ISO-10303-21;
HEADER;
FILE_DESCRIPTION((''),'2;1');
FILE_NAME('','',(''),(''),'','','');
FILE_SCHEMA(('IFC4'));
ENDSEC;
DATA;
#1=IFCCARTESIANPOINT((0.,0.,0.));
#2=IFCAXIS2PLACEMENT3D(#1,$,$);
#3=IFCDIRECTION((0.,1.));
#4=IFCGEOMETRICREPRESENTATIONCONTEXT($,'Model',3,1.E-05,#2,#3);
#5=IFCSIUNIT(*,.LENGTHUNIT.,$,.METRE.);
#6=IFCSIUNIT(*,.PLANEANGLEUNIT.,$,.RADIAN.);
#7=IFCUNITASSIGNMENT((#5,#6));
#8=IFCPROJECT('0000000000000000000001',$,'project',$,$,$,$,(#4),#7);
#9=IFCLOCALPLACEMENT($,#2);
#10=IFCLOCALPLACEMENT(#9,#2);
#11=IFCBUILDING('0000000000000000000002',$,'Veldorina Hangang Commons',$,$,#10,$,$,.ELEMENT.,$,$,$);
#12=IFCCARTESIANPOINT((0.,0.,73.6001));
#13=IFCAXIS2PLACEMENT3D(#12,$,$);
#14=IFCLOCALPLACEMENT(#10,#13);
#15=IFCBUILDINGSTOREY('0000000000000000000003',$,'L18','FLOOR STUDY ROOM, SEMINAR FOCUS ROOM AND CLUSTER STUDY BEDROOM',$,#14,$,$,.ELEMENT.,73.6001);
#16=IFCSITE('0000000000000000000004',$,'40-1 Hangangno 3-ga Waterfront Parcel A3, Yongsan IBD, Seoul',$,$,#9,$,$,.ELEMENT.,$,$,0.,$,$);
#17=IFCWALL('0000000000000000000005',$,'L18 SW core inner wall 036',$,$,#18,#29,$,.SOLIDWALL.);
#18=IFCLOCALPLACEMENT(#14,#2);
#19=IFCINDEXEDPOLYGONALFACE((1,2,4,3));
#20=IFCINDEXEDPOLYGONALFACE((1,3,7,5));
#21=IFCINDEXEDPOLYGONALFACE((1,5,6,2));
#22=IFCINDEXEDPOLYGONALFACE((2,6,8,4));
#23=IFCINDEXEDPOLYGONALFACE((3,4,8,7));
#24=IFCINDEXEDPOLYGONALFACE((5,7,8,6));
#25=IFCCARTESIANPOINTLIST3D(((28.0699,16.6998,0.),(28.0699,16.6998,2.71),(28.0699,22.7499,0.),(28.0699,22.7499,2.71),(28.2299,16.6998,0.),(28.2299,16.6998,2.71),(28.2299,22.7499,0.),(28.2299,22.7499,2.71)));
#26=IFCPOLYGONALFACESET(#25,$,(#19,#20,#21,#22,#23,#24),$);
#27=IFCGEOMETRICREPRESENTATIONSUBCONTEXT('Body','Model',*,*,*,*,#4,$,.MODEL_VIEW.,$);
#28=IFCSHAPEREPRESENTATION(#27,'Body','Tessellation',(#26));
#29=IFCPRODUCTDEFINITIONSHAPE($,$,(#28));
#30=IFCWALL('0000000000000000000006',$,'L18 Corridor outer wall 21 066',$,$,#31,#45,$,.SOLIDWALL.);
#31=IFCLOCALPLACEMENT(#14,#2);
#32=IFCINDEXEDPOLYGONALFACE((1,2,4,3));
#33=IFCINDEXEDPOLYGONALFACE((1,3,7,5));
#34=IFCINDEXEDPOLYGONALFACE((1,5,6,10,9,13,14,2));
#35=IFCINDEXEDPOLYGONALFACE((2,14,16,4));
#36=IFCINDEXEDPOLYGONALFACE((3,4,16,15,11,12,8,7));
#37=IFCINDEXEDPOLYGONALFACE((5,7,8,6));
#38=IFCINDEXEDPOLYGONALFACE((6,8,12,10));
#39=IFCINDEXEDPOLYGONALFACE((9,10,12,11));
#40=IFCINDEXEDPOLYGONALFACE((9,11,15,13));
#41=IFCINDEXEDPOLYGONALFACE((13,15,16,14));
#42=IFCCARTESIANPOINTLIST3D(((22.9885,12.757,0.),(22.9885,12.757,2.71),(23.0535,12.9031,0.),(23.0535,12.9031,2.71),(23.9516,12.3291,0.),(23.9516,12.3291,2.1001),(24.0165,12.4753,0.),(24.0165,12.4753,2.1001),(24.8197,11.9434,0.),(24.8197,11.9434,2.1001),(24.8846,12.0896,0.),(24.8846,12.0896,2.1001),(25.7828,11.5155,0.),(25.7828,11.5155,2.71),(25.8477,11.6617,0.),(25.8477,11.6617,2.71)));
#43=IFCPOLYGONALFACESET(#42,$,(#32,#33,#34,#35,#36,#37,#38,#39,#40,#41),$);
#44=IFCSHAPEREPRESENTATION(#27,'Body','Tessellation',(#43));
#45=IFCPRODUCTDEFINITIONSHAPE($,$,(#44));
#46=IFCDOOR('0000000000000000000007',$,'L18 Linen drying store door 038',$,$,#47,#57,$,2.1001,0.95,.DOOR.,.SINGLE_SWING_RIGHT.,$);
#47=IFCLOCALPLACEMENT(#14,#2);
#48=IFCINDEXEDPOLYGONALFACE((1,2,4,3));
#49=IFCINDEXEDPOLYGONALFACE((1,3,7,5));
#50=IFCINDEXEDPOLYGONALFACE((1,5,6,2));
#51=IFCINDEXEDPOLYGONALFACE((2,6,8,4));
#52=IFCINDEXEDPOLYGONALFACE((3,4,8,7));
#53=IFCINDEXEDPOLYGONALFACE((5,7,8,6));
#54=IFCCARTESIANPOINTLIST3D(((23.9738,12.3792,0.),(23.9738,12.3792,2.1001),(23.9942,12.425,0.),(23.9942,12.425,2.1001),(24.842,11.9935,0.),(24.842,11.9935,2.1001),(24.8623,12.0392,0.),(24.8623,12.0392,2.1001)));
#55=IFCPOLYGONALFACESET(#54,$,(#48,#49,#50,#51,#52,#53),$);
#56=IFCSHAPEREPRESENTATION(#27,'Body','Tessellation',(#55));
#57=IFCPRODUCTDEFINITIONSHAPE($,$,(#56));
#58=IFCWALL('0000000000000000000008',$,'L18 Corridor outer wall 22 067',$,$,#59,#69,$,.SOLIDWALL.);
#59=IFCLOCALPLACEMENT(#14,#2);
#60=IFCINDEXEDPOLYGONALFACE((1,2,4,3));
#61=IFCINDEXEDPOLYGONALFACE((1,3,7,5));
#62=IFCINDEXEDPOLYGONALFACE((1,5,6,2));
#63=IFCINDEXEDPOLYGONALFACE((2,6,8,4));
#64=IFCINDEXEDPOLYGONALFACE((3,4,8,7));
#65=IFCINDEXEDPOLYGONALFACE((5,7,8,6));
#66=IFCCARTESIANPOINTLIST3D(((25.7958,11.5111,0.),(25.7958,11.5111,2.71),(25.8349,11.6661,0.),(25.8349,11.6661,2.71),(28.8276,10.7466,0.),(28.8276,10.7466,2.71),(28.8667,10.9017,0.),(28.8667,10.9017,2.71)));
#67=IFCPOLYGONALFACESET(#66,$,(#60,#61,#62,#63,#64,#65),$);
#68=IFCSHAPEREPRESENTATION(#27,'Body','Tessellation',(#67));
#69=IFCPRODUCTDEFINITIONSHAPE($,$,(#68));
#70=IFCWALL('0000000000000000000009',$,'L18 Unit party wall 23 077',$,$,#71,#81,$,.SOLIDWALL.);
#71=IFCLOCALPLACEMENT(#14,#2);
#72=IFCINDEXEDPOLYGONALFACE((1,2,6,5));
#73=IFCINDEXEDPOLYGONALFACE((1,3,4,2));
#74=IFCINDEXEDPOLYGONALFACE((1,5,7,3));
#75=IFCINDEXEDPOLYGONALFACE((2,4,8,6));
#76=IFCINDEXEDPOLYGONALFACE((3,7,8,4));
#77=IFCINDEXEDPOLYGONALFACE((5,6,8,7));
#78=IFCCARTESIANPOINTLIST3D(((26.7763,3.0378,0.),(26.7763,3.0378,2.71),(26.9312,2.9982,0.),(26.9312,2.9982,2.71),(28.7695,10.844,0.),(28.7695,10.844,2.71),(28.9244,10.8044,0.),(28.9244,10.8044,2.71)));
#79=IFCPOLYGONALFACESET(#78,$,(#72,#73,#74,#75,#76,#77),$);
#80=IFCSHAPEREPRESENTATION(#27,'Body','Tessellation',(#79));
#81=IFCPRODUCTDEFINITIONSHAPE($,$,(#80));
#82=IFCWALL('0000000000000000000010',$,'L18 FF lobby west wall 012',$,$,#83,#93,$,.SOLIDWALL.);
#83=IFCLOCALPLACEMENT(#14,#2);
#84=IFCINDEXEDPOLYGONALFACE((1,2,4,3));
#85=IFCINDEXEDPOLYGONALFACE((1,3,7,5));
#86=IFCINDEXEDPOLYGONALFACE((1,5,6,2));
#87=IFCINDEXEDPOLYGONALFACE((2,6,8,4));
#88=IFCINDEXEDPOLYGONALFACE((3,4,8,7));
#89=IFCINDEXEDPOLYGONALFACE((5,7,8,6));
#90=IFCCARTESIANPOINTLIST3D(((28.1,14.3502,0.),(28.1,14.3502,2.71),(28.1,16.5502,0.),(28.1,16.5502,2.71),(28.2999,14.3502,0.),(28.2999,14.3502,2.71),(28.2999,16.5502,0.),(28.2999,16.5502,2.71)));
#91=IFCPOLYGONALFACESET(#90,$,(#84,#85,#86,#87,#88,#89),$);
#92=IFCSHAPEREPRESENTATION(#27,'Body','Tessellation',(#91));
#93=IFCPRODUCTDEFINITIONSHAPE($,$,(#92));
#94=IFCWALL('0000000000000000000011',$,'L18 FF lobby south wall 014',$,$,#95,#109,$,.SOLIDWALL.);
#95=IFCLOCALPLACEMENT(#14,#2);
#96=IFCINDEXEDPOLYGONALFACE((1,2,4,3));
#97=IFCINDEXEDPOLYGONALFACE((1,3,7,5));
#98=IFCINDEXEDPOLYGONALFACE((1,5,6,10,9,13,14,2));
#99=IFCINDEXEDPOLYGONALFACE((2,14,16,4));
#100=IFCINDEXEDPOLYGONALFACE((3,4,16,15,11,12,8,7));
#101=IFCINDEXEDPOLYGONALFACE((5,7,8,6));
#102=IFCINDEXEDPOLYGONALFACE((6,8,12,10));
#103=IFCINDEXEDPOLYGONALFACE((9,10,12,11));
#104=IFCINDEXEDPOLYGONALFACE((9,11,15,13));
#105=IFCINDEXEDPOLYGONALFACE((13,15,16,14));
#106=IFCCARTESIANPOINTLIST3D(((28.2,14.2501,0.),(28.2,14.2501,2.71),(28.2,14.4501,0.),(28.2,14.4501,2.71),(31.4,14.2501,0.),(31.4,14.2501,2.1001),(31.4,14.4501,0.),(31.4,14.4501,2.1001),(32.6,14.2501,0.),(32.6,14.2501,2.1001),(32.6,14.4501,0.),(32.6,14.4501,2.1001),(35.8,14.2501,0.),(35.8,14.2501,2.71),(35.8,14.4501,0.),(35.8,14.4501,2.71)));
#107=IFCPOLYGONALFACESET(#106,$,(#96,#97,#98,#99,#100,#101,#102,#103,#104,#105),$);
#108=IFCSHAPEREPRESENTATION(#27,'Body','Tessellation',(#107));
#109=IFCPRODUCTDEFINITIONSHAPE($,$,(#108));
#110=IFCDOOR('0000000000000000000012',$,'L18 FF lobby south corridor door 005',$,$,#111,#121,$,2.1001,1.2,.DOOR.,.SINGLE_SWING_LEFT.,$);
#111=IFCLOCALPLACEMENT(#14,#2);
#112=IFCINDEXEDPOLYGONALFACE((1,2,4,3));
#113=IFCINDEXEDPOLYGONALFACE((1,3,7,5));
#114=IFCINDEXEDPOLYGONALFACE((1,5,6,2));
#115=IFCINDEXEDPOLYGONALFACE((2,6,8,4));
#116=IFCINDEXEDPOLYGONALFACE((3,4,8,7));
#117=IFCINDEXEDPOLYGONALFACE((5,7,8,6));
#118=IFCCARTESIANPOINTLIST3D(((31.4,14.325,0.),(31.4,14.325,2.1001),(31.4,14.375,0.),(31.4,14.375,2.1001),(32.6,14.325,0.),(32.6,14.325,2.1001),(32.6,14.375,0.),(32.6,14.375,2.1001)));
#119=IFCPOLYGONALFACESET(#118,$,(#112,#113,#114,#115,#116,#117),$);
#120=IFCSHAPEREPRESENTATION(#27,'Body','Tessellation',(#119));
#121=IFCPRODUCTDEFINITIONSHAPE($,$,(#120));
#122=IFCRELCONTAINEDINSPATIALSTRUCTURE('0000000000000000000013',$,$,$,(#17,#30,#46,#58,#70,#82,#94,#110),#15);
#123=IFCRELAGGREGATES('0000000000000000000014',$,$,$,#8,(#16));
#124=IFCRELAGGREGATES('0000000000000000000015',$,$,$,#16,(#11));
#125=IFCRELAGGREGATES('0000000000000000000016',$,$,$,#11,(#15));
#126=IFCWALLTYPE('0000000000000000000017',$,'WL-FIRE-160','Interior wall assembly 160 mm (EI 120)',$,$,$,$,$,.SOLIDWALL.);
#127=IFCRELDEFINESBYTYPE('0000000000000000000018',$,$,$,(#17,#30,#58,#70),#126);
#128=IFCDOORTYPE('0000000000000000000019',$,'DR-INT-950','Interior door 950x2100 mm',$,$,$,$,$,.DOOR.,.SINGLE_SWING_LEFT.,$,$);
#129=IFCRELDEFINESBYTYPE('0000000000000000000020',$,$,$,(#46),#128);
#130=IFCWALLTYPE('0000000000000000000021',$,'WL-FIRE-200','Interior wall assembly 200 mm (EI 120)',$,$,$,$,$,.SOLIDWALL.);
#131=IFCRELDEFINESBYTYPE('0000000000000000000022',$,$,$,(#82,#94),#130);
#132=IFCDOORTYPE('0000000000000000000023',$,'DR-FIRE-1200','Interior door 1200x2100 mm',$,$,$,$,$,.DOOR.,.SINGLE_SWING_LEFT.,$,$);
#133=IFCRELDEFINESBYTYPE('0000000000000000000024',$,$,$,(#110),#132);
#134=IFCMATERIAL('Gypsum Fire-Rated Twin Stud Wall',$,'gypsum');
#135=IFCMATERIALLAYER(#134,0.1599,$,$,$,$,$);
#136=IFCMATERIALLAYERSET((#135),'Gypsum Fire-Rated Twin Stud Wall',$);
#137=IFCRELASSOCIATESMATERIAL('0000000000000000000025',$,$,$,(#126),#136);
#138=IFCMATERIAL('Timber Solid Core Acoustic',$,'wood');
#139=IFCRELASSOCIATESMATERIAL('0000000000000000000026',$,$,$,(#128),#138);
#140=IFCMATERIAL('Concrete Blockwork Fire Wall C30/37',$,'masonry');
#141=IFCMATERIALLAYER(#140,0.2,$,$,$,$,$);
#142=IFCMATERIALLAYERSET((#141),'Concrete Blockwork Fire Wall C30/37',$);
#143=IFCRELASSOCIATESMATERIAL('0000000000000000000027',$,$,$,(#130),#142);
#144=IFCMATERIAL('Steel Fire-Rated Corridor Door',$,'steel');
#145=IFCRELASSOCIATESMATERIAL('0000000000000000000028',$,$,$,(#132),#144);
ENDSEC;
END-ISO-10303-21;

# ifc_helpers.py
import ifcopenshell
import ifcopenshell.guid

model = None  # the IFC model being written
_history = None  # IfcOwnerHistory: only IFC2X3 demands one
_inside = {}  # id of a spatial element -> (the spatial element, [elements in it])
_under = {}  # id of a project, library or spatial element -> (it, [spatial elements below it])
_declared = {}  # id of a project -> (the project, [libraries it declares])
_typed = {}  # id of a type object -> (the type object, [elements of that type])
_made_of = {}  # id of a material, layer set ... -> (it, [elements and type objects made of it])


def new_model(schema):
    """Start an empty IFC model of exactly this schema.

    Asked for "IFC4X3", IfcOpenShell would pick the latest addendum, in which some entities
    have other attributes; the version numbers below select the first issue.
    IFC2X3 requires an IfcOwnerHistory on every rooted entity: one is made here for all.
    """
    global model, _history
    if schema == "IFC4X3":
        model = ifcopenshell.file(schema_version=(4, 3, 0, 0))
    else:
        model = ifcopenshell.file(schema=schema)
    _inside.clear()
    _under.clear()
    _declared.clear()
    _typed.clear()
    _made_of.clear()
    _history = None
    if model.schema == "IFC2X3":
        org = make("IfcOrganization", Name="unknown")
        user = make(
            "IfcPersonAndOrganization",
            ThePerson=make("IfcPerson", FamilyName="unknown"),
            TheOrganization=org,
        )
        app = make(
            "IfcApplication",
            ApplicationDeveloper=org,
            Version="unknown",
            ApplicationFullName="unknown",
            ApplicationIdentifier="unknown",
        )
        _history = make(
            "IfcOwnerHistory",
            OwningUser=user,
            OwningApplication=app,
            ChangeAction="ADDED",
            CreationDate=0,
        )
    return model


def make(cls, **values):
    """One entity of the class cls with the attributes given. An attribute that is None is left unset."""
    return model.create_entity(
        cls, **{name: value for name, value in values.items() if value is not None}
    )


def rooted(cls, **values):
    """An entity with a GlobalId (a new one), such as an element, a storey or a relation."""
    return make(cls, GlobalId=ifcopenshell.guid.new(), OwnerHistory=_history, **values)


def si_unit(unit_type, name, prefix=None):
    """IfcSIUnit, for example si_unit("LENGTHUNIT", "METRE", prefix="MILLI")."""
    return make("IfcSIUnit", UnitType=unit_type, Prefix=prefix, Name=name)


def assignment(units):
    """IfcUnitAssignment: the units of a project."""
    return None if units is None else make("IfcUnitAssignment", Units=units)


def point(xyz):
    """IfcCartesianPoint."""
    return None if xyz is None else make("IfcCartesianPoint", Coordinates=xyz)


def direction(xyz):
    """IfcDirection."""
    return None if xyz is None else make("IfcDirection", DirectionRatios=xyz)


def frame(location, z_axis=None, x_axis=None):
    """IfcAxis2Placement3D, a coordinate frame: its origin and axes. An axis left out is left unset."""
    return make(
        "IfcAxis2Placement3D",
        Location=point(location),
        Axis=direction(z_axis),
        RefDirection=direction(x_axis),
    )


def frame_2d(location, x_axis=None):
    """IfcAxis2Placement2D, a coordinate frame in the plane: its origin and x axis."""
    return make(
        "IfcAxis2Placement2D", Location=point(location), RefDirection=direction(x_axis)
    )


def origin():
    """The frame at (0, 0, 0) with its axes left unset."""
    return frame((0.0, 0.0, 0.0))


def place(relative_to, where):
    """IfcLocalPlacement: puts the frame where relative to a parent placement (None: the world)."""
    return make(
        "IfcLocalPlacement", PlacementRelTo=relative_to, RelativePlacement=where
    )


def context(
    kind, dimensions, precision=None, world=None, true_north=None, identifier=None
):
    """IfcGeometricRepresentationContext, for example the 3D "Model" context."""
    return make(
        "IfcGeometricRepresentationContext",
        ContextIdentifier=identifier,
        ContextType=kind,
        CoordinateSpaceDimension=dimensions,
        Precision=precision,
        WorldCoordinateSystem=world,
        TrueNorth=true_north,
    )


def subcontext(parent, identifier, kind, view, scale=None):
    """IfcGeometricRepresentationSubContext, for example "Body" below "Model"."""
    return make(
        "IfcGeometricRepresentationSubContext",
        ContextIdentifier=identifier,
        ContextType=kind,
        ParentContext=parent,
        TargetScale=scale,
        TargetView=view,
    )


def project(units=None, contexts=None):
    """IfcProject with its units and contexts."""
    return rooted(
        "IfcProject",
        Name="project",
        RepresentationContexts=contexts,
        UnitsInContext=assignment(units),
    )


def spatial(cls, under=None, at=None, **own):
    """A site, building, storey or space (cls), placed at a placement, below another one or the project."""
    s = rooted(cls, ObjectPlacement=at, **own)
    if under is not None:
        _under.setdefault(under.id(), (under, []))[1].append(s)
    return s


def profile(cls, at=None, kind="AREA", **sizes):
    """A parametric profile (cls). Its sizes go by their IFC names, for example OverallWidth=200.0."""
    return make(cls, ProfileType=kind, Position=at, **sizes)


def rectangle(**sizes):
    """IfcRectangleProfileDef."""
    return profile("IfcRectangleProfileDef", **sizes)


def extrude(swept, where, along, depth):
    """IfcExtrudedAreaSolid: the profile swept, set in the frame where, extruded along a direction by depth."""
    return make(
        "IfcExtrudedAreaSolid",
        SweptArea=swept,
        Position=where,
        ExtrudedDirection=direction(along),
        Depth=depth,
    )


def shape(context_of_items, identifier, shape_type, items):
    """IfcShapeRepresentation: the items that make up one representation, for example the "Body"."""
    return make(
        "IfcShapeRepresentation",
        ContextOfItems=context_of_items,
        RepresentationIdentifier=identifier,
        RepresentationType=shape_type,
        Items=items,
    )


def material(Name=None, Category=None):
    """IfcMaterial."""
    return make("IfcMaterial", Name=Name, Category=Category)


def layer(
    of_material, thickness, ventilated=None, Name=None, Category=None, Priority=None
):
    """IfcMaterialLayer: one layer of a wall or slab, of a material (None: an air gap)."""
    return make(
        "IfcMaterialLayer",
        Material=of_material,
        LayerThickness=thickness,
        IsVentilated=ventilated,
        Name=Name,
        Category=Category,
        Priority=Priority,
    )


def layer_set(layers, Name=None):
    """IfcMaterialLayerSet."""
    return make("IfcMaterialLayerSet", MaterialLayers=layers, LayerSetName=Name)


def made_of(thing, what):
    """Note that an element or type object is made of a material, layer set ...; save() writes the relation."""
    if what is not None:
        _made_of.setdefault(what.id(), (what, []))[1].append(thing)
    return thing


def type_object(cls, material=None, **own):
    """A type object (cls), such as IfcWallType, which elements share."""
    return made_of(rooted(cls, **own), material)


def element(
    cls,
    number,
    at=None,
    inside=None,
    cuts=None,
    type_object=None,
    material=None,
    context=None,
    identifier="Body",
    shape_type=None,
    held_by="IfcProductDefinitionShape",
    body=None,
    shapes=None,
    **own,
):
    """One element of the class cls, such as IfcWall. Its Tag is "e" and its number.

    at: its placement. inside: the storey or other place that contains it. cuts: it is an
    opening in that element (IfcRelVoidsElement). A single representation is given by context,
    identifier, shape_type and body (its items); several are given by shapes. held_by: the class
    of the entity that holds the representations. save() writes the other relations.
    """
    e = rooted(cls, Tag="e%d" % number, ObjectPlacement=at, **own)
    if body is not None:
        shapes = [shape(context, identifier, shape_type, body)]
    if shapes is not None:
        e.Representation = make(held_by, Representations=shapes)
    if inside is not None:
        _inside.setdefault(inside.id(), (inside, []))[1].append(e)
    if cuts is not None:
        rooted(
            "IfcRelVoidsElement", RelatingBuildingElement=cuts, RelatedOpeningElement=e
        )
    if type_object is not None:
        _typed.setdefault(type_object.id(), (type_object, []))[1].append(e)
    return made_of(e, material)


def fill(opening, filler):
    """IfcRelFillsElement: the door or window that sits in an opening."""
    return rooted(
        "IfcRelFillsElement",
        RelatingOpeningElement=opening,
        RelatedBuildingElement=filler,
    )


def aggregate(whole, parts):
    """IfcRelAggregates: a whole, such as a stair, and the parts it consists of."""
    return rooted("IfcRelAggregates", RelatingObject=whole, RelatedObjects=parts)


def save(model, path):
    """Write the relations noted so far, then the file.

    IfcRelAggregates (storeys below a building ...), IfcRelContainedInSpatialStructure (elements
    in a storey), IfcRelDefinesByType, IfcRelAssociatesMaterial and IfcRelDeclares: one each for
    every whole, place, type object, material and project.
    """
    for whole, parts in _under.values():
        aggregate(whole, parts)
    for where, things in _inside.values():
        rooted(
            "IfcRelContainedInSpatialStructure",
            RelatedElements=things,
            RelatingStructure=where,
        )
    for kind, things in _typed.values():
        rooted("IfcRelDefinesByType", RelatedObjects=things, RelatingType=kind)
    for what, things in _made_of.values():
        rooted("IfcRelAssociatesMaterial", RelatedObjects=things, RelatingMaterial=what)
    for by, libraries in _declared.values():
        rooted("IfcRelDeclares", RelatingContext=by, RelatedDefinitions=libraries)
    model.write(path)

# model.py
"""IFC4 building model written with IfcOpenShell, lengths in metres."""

from ifc_helpers import new_model, si_unit, direction, frame, frame_2d, origin, place, context, subcontext, project, spatial, rectangle, extrude, material, layer, layer_set, type_object, element, fill, save


model = new_model("IFC4")

# Units and contexts
model_context = context("Model", 3, precision=1e-05, world=origin(), true_north=direction((0.0, 1.0)))
body_context = subcontext(model_context, "Body", "Model", "MODEL_VIEW")
ifc_project = project(units=[si_unit("LENGTHUNIT", "METRE"), si_unit("PLANEANGLEUNIT", "RADIAN")], contexts=[model_context])

# Site, building, storey
site_placement = place(None, origin())
site = spatial("IfcSite", under=ifc_project, at=site_placement, Name="40-1 Hangangno 3-ga Waterfront Parcel A3, Yongsan IBD, Seoul", CompositionType="ELEMENT", RefElevation=0.0)
building_placement = place(site_placement, origin())
building = spatial("IfcBuilding", under=site, at=building_placement, Name="Veldorina Hangang Commons", CompositionType="ELEMENT")
storey_placement = place(building_placement, frame((0.0, 0.0, 73.6001)))
storey = spatial("IfcBuildingStorey", under=building, at=storey_placement, Name="L18", Description="FLOOR STUDY ROOM, SEMINAR FOCUS ROOM AND CLUSTER STUDY BEDROOM", CompositionType="ELEMENT", Elevation=73.6001)

# Shared definitions
ifc_material_1 = material(Name="Gypsum Fire-Rated Twin Stud Wall", Category="gypsum")
ifc_layer_1 = layer(ifc_material_1, 0.1599)
ifc_layer_set_1 = layer_set([ifc_layer_1], Name="Gypsum Fire-Rated Twin Stud Wall")
wall_type_1 = type_object("IfcWallType", Name="WL-FIRE-160", Description="Interior wall assembly 160 mm (EI 120)", PredefinedType="SOLIDWALL", material=ifc_layer_set_1)

# Wall
wall_1_placement = place(storey_placement, frame((28.1499, 16.7, 0.0), z_axis=(0.0, 0.0, 1.0), x_axis=(0.0, 1.0, 0.0)))
element("IfcWall", 1, at=wall_1_placement, inside=storey, type_object=wall_type_1, Name="L18 SW core inner wall 036", PredefinedType="SOLIDWALL", context=body_context, shape_type="SweptSolid", body=[
    extrude(rectangle(XDim=6.05, YDim=0.1599, at=frame_2d((3.0249, 0.0))), origin(), (0.0, 0.0, 1.0), 2.71),
])

# Wall, opening, door
wall_2_placement = place(storey_placement, frame((23.021, 12.8301, 0.0), z_axis=(0.0, 0.0, 1.0), x_axis=(0.913861, -0.406027, 0.0)))
wall_2 = element("IfcWall", 2, at=wall_2_placement, inside=storey, type_object=wall_type_1, Name="L18 Corridor outer wall 21 066", PredefinedType="SOLIDWALL", context=body_context, shape_type="SweptSolid", body=[
    extrude(rectangle(XDim=3.0576, YDim=0.1599, at=frame_2d((1.5288, 0.0))), origin(), (0.0, 0.0, 1.0), 2.71),
])
opening_1_placement = place(wall_2_placement, frame((1.0537, 0.0, 0.0)))
opening_1 = element("IfcOpeningElement", 3, at=opening_1_placement, cuts=wall_2, PredefinedType="OPENING", context=body_context, shape_type="SweptSolid", body=[
    extrude(rectangle(XDim=0.95, YDim=2.1001, at=frame_2d((0.4751, 1.05))), frame((0.0, 0.0898, 0.0), z_axis=(0.0, -1.0, 0.0), x_axis=(1.0, 0.0, 0.0)), (0.0, 0.0, 1.0), 0.1799),
])
ifc_material_2 = material(Name="Timber Solid Core Acoustic", Category="wood")
door_type_1 = type_object("IfcDoorType", Name="DR-INT-950", Description="Interior door 950x2100 mm", OperationType="SINGLE_SWING_LEFT", PredefinedType="DOOR", material=ifc_material_2)
door_1_placement = place(opening_1_placement, origin())
door_1 = element("IfcDoor", 4, at=door_1_placement, inside=storey, type_object=door_type_1, Name="L18 Linen drying store door 038", OperationType="SINGLE_SWING_RIGHT", OverallHeight=2.1001, OverallWidth=0.95, PredefinedType="DOOR", context=body_context, shape_type="SweptSolid", body=[
    extrude(rectangle(XDim=0.95, YDim=2.1001, at=frame_2d((0.4751, 1.05))), frame((0.0, 0.0249, 0.0), z_axis=(0.0, -1.0, 0.0), x_axis=(1.0, 0.0, 0.0)), (0.0, 0.0, 1.0), 0.05),
])
fill(opening_1, door_1)

# Walls
wall_3_placement = place(storey_placement, frame((25.8152, 11.5886, 0.0), z_axis=(0.0, 0.0, 1.0), x_axis=(0.969654, -0.244483, 0.0)))
element("IfcWall", 5, at=wall_3_placement, inside=storey, type_object=wall_type_1, Name="L18 Corridor outer wall 22 067", PredefinedType="SOLIDWALL", context=body_context, shape_type="SweptSolid", body=[
    extrude(rectangle(XDim=3.1267, YDim=0.1599, at=frame_2d((1.5635, 0.0))), origin(), (0.0, 0.0, 1.0), 2.71),
])
wall_4_placement = place(storey_placement, frame((28.8469, 10.8242, 0.0), z_axis=(0.0, 0.0, 1.0), x_axis=(-0.247395, -0.968915, 0.0)))
element("IfcWall", 6, at=wall_4_placement, inside=storey, type_object=wall_type_1, Name="L18 Unit party wall 23 077", PredefinedType="SOLIDWALL", context=body_context, shape_type="SweptSolid", body=[
    extrude(rectangle(XDim=8.0566, YDim=0.1599, at=frame_2d((4.0283, 0.0))), origin(), (0.0, 0.0, 1.0), 2.71),
])
ifc_material_3 = material(Name="Concrete Blockwork Fire Wall C30/37", Category="masonry")
ifc_layer_2 = layer(ifc_material_3, 0.2)
ifc_layer_set_2 = layer_set([ifc_layer_2], Name="Concrete Blockwork Fire Wall C30/37")
wall_type_2 = type_object("IfcWallType", Name="WL-FIRE-200", Description="Interior wall assembly 200 mm (EI 120)", PredefinedType="SOLIDWALL", material=ifc_layer_set_2)
wall_5_placement = place(storey_placement, frame((28.2, 14.3501, 0.0), z_axis=(0.0, 0.0, 1.0), x_axis=(0.0, 1.0, 0.0)))
element("IfcWall", 7, at=wall_5_placement, inside=storey, type_object=wall_type_2, Name="L18 FF lobby west wall 012", PredefinedType="SOLIDWALL", context=body_context, shape_type="SweptSolid", body=[
    extrude(rectangle(XDim=2.2, YDim=0.2, at=frame_2d((1.1001, 0.0))), origin(), (0.0, 0.0, 1.0), 2.71),
])

# Wall, opening, door
wall_6_placement = place(storey_placement, frame((28.2, 14.3501, 0.0), z_axis=(0.0, 0.0, 1.0), x_axis=(1.0, 0.0, 0.0)))
wall_6 = element("IfcWall", 8, at=wall_6_placement, inside=storey, type_object=wall_type_2, Name="L18 FF lobby south wall 014", PredefinedType="SOLIDWALL", context=body_context, shape_type="SweptSolid", body=[
    extrude(rectangle(XDim=7.6001, YDim=0.2, at=frame_2d((3.8, 0.0))), origin(), (0.0, 0.0, 1.0), 2.71),
])
opening_2_placement = place(wall_6_placement, frame((3.2, 0.0, 0.0)))
opening_2 = element("IfcOpeningElement", 9, at=opening_2_placement, cuts=wall_6, PredefinedType="OPENING", context=body_context, shape_type="SweptSolid", body=[
    extrude(rectangle(XDim=1.2, YDim=2.1001, at=frame_2d((0.6001, 1.05))), frame((0.0, 0.1099, 0.0), z_axis=(0.0, -1.0, 0.0), x_axis=(1.0, 0.0, 0.0)), (0.0, 0.0, 1.0), 0.22),
])
ifc_material_4 = material(Name="Steel Fire-Rated Corridor Door", Category="steel")
door_type_2 = type_object("IfcDoorType", Name="DR-FIRE-1200", Description="Interior door 1200x2100 mm", OperationType="SINGLE_SWING_LEFT", PredefinedType="DOOR", material=ifc_material_4)
door_2_placement = place(opening_2_placement, origin())
door_2 = element("IfcDoor", 10, at=door_2_placement, inside=storey, type_object=door_type_2, Name="L18 FF lobby south corridor door 005", OperationType="SINGLE_SWING_LEFT", OverallHeight=2.1001, OverallWidth=1.2, PredefinedType="DOOR", context=body_context, shape_type="SweptSolid", body=[
    extrude(rectangle(XDim=1.2, YDim=2.1001, at=frame_2d((0.6001, 1.05))), frame((0.0, 0.0249, 0.0), z_axis=(0.0, -1.0, 0.0), x_axis=(1.0, 0.0, 0.0)), (0.0, 0.0, 1.0), 0.05),
])
fill(opening_2, door_2)

save(model, "model.ifc")
